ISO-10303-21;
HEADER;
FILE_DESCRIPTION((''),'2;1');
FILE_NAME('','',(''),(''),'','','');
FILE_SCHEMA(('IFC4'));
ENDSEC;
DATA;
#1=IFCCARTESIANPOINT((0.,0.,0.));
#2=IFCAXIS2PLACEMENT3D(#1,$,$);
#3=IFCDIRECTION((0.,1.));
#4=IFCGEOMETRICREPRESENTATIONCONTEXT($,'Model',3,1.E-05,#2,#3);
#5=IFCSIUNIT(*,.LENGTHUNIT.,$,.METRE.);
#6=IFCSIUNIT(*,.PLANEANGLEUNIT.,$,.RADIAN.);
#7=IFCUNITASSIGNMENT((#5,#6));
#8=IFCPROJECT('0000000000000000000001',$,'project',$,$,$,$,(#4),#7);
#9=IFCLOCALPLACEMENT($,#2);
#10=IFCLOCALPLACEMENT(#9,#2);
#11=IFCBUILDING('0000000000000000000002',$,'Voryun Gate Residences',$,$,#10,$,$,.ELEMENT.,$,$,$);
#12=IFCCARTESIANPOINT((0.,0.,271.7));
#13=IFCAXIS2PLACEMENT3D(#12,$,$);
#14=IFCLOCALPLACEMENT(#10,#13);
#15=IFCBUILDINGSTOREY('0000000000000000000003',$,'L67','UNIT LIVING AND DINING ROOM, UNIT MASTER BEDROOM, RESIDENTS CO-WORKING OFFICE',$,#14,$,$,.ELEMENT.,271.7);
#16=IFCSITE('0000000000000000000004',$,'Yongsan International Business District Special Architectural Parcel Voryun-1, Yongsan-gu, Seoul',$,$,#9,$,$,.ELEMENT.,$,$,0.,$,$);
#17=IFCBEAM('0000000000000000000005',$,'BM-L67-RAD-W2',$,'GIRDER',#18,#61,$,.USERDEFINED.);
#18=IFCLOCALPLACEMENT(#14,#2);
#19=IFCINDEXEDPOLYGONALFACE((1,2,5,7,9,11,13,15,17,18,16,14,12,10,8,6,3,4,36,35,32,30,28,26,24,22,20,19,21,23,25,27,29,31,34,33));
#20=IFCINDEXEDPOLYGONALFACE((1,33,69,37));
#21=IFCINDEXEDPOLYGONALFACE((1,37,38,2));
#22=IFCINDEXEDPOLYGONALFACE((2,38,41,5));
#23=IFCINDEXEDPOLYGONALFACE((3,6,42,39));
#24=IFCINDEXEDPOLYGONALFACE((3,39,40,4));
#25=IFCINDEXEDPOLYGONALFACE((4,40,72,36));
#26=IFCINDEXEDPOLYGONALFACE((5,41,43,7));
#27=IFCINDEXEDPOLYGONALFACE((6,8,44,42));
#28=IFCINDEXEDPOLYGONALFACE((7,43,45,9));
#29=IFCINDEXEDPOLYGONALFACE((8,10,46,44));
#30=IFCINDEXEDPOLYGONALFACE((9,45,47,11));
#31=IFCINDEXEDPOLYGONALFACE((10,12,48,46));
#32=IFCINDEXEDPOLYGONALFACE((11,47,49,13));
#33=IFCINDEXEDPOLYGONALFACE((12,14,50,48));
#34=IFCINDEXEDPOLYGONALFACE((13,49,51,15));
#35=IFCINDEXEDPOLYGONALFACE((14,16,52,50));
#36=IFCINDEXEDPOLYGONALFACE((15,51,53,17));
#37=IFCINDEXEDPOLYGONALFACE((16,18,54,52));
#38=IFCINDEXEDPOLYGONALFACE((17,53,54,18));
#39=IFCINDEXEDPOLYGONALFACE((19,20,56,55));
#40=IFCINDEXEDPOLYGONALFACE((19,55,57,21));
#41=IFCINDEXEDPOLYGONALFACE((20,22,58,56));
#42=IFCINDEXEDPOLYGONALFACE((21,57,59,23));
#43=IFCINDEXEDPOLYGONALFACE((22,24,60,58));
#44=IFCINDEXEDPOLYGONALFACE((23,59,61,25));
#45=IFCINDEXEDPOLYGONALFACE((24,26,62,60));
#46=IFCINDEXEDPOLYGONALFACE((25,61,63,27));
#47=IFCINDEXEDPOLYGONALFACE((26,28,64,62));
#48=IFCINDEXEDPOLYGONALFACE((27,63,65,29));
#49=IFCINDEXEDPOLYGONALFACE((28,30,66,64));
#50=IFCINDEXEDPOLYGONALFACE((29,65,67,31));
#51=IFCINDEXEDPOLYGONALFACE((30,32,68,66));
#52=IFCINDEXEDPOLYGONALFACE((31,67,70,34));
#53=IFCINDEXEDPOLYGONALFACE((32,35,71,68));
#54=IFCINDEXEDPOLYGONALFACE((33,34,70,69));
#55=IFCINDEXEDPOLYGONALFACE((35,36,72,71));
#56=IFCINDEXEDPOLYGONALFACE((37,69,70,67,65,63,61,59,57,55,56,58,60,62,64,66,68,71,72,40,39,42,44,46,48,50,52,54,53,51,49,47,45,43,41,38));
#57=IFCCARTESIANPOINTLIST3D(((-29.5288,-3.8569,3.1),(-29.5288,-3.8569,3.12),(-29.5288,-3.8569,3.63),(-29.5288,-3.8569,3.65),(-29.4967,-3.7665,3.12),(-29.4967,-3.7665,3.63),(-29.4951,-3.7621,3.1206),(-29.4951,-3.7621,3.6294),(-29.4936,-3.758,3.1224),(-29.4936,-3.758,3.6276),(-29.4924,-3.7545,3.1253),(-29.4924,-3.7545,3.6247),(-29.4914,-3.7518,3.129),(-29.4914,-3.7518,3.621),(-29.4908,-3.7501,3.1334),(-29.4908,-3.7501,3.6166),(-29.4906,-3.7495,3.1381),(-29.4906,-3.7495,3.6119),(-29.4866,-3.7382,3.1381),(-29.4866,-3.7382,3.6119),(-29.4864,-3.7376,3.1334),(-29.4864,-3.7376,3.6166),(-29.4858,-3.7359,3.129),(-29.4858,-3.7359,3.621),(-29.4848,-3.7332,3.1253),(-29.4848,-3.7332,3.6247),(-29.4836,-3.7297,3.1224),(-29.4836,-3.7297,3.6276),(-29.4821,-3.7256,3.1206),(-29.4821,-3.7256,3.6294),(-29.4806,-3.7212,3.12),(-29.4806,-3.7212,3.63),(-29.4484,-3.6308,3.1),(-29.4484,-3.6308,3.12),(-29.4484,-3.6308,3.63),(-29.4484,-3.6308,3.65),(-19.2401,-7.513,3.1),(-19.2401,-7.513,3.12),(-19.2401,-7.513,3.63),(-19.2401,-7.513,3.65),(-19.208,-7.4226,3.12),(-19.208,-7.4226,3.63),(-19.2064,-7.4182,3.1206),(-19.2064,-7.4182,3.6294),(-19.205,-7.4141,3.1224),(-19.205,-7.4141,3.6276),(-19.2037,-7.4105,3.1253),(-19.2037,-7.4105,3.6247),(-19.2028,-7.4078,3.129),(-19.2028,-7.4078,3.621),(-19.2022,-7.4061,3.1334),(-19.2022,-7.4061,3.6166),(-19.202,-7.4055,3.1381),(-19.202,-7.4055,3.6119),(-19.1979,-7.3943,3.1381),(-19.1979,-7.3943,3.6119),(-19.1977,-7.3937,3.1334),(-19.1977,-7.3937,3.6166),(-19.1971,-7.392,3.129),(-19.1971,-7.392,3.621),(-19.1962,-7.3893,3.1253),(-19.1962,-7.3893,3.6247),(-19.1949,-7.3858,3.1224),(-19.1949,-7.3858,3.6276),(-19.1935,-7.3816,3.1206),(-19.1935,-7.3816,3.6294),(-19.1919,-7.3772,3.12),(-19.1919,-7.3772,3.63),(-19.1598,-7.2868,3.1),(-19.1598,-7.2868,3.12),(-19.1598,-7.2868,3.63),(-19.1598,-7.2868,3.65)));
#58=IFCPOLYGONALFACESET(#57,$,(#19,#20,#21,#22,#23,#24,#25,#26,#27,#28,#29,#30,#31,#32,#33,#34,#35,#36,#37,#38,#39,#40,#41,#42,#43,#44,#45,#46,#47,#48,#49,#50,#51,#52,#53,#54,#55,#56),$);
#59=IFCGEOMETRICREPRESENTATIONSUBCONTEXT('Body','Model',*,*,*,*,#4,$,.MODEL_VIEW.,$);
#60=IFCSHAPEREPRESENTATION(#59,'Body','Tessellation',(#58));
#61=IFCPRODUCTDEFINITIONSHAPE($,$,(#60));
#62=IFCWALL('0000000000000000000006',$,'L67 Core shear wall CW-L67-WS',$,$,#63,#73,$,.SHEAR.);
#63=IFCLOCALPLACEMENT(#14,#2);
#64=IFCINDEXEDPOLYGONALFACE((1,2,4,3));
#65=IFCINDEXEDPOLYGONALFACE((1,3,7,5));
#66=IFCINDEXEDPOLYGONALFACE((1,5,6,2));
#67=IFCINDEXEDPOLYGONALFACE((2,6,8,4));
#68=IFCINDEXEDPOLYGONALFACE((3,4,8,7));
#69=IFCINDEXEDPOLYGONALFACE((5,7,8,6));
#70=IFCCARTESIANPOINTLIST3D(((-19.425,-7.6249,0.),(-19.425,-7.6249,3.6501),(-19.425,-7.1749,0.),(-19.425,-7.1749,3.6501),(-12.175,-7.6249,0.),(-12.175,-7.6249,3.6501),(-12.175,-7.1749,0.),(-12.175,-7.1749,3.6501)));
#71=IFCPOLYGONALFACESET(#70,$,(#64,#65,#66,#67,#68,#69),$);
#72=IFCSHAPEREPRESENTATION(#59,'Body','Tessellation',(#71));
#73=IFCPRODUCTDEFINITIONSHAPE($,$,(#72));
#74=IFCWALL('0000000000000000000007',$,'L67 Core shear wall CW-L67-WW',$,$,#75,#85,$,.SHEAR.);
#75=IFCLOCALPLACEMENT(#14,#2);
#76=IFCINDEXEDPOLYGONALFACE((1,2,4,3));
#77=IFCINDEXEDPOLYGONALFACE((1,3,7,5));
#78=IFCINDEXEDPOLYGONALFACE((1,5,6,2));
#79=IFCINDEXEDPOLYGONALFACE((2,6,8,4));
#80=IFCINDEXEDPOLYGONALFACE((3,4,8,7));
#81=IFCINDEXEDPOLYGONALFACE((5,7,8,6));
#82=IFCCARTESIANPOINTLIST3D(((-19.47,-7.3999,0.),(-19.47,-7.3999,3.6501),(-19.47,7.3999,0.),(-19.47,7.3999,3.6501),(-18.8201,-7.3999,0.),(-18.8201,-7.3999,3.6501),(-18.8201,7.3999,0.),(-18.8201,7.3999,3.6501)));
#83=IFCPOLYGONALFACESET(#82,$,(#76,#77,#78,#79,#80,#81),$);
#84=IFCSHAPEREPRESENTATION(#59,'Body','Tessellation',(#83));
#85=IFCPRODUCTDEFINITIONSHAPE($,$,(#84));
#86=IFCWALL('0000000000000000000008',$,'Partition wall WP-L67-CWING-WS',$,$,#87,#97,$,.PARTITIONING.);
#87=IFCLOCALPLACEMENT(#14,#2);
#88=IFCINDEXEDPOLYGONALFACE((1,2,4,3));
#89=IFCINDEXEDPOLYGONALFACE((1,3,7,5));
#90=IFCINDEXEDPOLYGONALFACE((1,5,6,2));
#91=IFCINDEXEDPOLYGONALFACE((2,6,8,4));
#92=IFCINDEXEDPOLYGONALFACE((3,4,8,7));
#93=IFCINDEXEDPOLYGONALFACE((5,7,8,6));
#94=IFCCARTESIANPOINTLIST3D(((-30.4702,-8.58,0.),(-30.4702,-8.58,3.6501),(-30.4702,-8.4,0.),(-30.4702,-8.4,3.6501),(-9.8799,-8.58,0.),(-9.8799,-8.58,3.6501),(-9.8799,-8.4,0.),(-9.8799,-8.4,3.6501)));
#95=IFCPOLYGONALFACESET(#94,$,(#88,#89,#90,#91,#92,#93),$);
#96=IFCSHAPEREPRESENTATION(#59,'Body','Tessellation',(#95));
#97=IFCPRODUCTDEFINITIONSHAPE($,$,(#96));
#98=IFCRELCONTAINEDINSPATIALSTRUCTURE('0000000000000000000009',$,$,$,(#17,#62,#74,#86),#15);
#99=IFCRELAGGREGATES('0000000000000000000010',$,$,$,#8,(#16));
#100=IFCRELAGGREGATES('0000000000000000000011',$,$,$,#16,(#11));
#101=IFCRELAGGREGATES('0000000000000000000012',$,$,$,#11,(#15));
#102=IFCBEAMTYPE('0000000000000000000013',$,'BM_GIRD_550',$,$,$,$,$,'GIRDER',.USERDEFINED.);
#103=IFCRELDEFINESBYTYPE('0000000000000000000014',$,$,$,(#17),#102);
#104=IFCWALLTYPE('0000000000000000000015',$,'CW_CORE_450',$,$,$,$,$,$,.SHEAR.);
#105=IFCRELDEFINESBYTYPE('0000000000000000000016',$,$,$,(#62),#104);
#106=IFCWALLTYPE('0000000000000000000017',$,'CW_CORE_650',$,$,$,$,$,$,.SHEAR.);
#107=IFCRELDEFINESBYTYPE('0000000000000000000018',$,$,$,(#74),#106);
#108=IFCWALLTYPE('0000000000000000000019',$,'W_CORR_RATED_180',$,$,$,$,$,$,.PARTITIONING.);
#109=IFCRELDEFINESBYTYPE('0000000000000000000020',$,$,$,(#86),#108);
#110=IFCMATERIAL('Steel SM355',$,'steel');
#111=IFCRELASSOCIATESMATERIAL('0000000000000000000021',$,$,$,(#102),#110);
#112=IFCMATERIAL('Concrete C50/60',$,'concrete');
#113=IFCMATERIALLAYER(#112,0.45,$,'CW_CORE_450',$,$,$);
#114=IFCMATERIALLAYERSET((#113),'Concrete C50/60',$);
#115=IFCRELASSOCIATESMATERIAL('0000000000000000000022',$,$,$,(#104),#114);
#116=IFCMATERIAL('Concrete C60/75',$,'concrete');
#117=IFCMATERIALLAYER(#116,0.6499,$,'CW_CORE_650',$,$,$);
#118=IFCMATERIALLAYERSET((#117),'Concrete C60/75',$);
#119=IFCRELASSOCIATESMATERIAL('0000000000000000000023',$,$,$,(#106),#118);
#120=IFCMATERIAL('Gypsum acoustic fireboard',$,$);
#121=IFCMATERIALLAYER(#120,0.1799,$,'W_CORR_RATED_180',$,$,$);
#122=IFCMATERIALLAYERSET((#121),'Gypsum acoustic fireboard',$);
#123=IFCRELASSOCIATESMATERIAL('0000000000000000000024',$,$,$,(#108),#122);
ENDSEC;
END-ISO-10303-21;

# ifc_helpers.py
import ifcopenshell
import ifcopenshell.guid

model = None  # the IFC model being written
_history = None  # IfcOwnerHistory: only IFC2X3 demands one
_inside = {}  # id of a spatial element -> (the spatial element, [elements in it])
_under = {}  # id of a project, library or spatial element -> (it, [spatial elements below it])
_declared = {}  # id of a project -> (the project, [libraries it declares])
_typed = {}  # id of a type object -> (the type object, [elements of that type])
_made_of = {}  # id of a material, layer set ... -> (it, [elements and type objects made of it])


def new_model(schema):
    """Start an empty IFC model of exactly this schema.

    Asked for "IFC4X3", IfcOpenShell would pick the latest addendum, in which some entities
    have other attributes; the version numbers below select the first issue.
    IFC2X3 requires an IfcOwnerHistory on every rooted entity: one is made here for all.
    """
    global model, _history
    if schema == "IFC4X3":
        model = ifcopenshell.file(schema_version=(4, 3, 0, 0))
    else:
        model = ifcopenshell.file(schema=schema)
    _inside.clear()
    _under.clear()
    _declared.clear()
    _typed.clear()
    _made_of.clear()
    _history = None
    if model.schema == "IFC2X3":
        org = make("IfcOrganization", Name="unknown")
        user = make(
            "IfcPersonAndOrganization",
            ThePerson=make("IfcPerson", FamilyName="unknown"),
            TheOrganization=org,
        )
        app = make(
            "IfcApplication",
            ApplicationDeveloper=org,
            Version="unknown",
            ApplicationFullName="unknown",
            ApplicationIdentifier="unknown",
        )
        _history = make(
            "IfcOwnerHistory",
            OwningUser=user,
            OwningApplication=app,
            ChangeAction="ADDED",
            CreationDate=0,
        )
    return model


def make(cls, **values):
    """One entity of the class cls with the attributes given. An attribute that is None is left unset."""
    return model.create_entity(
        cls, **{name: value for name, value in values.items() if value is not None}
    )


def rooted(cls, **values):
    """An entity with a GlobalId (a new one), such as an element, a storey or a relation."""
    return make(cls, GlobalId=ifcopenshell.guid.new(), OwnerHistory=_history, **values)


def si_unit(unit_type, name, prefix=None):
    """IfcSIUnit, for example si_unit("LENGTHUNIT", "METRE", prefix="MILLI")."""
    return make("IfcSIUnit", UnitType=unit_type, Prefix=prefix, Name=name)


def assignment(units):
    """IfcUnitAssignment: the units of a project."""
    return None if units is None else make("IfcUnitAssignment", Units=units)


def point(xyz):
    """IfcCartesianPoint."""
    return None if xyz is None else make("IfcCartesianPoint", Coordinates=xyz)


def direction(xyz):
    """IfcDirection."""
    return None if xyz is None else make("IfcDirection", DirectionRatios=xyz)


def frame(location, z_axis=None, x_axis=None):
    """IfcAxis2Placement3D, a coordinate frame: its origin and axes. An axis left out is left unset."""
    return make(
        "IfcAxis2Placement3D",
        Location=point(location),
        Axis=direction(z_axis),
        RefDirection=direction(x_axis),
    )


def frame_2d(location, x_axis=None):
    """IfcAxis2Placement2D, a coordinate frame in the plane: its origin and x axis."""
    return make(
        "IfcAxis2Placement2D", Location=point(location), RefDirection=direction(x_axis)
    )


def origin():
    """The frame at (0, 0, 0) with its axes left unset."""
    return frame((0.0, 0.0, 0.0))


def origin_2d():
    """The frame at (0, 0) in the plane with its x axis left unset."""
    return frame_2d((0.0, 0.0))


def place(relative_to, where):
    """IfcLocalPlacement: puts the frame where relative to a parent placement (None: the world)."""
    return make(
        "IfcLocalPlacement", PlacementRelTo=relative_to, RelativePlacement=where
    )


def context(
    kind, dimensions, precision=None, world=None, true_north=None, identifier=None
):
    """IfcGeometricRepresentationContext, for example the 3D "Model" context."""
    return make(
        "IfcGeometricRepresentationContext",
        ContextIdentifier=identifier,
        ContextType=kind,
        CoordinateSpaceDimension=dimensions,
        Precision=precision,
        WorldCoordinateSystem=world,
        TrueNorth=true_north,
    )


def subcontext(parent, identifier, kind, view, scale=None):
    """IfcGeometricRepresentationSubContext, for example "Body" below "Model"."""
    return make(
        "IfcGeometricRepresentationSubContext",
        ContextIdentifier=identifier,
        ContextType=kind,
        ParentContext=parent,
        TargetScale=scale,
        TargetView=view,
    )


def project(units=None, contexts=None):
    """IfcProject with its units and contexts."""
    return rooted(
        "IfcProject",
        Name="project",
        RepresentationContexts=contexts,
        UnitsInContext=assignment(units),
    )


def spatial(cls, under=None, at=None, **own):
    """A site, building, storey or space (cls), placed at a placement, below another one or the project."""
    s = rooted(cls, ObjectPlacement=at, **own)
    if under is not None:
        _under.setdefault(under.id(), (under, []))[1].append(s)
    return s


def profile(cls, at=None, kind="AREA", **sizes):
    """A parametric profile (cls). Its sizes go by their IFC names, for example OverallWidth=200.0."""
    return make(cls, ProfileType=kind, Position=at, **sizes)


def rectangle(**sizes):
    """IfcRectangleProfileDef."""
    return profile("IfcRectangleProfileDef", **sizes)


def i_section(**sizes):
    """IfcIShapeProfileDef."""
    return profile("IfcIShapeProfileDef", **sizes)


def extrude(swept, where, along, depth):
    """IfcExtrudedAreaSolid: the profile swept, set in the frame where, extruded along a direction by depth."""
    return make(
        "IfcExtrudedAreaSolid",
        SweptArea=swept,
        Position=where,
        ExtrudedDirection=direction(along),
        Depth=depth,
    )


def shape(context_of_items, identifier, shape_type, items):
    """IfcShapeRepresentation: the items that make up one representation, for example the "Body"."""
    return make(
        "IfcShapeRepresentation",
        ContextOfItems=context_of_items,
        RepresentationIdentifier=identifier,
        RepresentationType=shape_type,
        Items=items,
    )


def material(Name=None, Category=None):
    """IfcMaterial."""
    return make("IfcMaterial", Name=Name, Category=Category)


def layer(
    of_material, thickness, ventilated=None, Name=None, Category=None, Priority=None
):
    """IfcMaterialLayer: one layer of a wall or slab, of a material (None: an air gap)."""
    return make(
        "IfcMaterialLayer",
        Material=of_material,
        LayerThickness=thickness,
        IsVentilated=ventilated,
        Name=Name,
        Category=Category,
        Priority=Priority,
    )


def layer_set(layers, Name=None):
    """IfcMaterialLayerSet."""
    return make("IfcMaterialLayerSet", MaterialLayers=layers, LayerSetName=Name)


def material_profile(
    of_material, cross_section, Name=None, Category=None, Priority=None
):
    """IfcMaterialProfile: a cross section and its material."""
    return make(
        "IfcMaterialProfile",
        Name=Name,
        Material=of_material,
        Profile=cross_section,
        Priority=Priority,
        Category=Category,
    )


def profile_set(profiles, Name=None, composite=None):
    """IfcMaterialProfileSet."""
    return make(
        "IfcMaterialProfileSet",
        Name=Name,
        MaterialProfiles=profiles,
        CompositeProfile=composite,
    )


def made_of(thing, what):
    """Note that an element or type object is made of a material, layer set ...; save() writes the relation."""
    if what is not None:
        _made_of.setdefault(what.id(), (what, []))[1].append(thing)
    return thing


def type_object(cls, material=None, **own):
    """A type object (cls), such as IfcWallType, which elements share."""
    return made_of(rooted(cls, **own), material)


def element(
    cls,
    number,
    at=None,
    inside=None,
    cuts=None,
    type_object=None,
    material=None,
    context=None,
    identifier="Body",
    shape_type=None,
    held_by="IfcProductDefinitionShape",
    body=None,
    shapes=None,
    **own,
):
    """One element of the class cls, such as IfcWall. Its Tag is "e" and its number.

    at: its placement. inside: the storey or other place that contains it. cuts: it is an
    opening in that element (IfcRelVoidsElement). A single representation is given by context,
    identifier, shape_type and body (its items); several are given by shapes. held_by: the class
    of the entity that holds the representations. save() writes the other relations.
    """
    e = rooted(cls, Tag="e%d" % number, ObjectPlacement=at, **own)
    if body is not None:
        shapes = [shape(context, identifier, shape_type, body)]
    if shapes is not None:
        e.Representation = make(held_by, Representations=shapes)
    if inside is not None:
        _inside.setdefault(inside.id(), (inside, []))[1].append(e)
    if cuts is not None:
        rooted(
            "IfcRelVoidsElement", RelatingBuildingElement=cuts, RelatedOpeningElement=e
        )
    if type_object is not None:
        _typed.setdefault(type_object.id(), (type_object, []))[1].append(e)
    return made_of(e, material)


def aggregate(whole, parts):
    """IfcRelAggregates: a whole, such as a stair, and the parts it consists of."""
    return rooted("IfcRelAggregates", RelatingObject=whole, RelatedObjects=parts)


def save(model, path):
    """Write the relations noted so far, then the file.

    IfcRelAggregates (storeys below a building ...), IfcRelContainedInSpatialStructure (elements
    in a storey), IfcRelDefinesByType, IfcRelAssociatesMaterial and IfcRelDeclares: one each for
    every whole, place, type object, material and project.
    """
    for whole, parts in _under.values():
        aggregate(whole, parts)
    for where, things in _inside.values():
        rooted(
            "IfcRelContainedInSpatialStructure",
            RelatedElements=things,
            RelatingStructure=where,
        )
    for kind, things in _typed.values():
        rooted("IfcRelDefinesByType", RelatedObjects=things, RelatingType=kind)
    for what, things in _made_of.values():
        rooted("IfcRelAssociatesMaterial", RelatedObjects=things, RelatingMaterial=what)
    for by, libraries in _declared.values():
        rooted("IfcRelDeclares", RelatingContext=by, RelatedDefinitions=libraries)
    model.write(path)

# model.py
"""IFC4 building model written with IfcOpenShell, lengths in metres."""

from ifc_helpers import new_model, si_unit, direction, frame, frame_2d, origin, origin_2d, place, context, subcontext, project, spatial, rectangle, i_section, extrude, material, layer, layer_set, material_profile, profile_set, type_object, element, save


model = new_model("IFC4")

# Units and contexts
model_context = context("Model", 3, precision=1e-05, world=origin(), true_north=direction((0.0, 1.0)))
body_context = subcontext(model_context, "Body", "Model", "MODEL_VIEW")
ifc_project = project(units=[si_unit("LENGTHUNIT", "METRE"), si_unit("PLANEANGLEUNIT", "RADIAN")], contexts=[model_context])

# Site, building, storey
site_placement = place(None, origin())
site = spatial("IfcSite", under=ifc_project, at=site_placement, Name="Yongsan International Business District Special Architectural Parcel Voryun-1, Yongsan-gu, Seoul", CompositionType="ELEMENT", RefElevation=0.0)
building_placement = place(site_placement, origin())
building = spatial("IfcBuilding", under=site, at=building_placement, Name="Voryun Gate Residences", CompositionType="ELEMENT")
storey_placement = place(building_placement, frame((0.0, 0.0, 271.7)))
storey = spatial("IfcBuildingStorey", under=building, at=storey_placement, Name="L67", Description="UNIT LIVING AND DINING ROOM, UNIT MASTER BEDROOM, RESIDENTS CO-WORKING OFFICE", CompositionType="ELEMENT", Elevation=271.7)

# Beam
ifc_material_1 = material(Name="Steel SM355", Category="steel")
ifc_material_profile_1 = material_profile(ifc_material_1, i_section(OverallWidth=0.24, OverallDepth=0.55, WebThickness=0.012, FlangeThickness=0.02, FilletRadius=0.0181, at=origin_2d()), Name="H-550x240x12x20")
ifc_profile_set_1 = profile_set([ifc_material_profile_1], Name="Steel SM355")
beam_type_1 = type_object("IfcBeamType", Name="BM_GIRD_550", ElementType="GIRDER", PredefinedType="USERDEFINED", material=ifc_profile_set_1)
beam_1_placement = place(storey_placement, frame((-19.2, -7.3999, 3.375), z_axis=(-0.942277, 0.334835, 0.0), x_axis=(-0.334835, -0.942277, 0.0)))
element("IfcBeam", 1, at=beam_1_placement, inside=storey, type_object=beam_type_1, Name="BM-L67-RAD-W2", ObjectType="GIRDER", PredefinedType="USERDEFINED", context=body_context, shape_type="SweptSolid", body=[
    extrude(i_section(OverallWidth=0.24, OverallDepth=0.55, WebThickness=0.012, FlangeThickness=0.02, FilletRadius=0.0181, at=origin_2d()), origin(), (0.0, 0.0, 1.0), 10.9189),
])

# Walls
ifc_material_2 = material(Name="Concrete C50/60", Category="concrete")
ifc_layer_1 = layer(ifc_material_2, 0.45, Name="CW_CORE_450")
ifc_layer_set_1 = layer_set([ifc_layer_1], Name="Concrete C50/60")
wall_type_1 = type_object("IfcWallType", Name="CW_CORE_450", PredefinedType="SHEAR", material=ifc_layer_set_1)
wall_1_placement = place(storey_placement, frame((-19.425, -7.3999, 0.0), z_axis=(0.0, 0.0, 1.0), x_axis=(1.0, 0.0, 0.0)))
element("IfcWall", 2, at=wall_1_placement, inside=storey, type_object=wall_type_1, Name="L67 Core shear wall CW-L67-WS", PredefinedType="SHEAR", context=body_context, shape_type="SweptSolid", body=[
    extrude(rectangle(XDim=7.25, YDim=0.45, at=frame_2d((3.625, 0.0))), origin(), (0.0, 0.0, 1.0), 3.6501),
])
ifc_material_3 = material(Name="Concrete C60/75", Category="concrete")
ifc_layer_2 = layer(ifc_material_3, 0.6499, Name="CW_CORE_650")
ifc_layer_set_2 = layer_set([ifc_layer_2], Name="Concrete C60/75")
wall_type_2 = type_object("IfcWallType", Name="CW_CORE_650", PredefinedType="SHEAR", material=ifc_layer_set_2)
wall_2_placement = place(storey_placement, frame((-19.145, -7.3999, 0.0), z_axis=(0.0, 0.0, 1.0), x_axis=(0.0, 1.0, 0.0)))
element("IfcWall", 3, at=wall_2_placement, inside=storey, type_object=wall_type_2, Name="L67 Core shear wall CW-L67-WW", PredefinedType="SHEAR", context=body_context, shape_type="SweptSolid", body=[
    extrude(rectangle(XDim=14.7998, YDim=0.6499, at=frame_2d((7.3999, 0.0))), origin(), (0.0, 0.0, 1.0), 3.6501),
])
ifc_material_4 = material(Name="Gypsum acoustic fireboard")
ifc_layer_3 = layer(ifc_material_4, 0.1799, Name="W_CORR_RATED_180")
ifc_layer_set_3 = layer_set([ifc_layer_3], Name="Gypsum acoustic fireboard")
wall_type_3 = type_object("IfcWallType", Name="W_CORR_RATED_180", PredefinedType="PARTITIONING", material=ifc_layer_set_3)
wall_3_placement = place(storey_placement, frame((-30.4702, -8.49, 0.0), z_axis=(0.0, 0.0, 1.0), x_axis=(1.0, 0.0, 0.0)))
element("IfcWall", 4, at=wall_3_placement, inside=storey, type_object=wall_type_3, Name="Partition wall WP-L67-CWING-WS", PredefinedType="PARTITIONING", context=body_context, shape_type="SweptSolid", body=[
    extrude(rectangle(XDim=20.5903, YDim=0.1799, at=frame_2d((10.2952, 0.0))), origin(), (0.0, 0.0, 1.0), 3.6501),
])

save(model, "model.ifc")
